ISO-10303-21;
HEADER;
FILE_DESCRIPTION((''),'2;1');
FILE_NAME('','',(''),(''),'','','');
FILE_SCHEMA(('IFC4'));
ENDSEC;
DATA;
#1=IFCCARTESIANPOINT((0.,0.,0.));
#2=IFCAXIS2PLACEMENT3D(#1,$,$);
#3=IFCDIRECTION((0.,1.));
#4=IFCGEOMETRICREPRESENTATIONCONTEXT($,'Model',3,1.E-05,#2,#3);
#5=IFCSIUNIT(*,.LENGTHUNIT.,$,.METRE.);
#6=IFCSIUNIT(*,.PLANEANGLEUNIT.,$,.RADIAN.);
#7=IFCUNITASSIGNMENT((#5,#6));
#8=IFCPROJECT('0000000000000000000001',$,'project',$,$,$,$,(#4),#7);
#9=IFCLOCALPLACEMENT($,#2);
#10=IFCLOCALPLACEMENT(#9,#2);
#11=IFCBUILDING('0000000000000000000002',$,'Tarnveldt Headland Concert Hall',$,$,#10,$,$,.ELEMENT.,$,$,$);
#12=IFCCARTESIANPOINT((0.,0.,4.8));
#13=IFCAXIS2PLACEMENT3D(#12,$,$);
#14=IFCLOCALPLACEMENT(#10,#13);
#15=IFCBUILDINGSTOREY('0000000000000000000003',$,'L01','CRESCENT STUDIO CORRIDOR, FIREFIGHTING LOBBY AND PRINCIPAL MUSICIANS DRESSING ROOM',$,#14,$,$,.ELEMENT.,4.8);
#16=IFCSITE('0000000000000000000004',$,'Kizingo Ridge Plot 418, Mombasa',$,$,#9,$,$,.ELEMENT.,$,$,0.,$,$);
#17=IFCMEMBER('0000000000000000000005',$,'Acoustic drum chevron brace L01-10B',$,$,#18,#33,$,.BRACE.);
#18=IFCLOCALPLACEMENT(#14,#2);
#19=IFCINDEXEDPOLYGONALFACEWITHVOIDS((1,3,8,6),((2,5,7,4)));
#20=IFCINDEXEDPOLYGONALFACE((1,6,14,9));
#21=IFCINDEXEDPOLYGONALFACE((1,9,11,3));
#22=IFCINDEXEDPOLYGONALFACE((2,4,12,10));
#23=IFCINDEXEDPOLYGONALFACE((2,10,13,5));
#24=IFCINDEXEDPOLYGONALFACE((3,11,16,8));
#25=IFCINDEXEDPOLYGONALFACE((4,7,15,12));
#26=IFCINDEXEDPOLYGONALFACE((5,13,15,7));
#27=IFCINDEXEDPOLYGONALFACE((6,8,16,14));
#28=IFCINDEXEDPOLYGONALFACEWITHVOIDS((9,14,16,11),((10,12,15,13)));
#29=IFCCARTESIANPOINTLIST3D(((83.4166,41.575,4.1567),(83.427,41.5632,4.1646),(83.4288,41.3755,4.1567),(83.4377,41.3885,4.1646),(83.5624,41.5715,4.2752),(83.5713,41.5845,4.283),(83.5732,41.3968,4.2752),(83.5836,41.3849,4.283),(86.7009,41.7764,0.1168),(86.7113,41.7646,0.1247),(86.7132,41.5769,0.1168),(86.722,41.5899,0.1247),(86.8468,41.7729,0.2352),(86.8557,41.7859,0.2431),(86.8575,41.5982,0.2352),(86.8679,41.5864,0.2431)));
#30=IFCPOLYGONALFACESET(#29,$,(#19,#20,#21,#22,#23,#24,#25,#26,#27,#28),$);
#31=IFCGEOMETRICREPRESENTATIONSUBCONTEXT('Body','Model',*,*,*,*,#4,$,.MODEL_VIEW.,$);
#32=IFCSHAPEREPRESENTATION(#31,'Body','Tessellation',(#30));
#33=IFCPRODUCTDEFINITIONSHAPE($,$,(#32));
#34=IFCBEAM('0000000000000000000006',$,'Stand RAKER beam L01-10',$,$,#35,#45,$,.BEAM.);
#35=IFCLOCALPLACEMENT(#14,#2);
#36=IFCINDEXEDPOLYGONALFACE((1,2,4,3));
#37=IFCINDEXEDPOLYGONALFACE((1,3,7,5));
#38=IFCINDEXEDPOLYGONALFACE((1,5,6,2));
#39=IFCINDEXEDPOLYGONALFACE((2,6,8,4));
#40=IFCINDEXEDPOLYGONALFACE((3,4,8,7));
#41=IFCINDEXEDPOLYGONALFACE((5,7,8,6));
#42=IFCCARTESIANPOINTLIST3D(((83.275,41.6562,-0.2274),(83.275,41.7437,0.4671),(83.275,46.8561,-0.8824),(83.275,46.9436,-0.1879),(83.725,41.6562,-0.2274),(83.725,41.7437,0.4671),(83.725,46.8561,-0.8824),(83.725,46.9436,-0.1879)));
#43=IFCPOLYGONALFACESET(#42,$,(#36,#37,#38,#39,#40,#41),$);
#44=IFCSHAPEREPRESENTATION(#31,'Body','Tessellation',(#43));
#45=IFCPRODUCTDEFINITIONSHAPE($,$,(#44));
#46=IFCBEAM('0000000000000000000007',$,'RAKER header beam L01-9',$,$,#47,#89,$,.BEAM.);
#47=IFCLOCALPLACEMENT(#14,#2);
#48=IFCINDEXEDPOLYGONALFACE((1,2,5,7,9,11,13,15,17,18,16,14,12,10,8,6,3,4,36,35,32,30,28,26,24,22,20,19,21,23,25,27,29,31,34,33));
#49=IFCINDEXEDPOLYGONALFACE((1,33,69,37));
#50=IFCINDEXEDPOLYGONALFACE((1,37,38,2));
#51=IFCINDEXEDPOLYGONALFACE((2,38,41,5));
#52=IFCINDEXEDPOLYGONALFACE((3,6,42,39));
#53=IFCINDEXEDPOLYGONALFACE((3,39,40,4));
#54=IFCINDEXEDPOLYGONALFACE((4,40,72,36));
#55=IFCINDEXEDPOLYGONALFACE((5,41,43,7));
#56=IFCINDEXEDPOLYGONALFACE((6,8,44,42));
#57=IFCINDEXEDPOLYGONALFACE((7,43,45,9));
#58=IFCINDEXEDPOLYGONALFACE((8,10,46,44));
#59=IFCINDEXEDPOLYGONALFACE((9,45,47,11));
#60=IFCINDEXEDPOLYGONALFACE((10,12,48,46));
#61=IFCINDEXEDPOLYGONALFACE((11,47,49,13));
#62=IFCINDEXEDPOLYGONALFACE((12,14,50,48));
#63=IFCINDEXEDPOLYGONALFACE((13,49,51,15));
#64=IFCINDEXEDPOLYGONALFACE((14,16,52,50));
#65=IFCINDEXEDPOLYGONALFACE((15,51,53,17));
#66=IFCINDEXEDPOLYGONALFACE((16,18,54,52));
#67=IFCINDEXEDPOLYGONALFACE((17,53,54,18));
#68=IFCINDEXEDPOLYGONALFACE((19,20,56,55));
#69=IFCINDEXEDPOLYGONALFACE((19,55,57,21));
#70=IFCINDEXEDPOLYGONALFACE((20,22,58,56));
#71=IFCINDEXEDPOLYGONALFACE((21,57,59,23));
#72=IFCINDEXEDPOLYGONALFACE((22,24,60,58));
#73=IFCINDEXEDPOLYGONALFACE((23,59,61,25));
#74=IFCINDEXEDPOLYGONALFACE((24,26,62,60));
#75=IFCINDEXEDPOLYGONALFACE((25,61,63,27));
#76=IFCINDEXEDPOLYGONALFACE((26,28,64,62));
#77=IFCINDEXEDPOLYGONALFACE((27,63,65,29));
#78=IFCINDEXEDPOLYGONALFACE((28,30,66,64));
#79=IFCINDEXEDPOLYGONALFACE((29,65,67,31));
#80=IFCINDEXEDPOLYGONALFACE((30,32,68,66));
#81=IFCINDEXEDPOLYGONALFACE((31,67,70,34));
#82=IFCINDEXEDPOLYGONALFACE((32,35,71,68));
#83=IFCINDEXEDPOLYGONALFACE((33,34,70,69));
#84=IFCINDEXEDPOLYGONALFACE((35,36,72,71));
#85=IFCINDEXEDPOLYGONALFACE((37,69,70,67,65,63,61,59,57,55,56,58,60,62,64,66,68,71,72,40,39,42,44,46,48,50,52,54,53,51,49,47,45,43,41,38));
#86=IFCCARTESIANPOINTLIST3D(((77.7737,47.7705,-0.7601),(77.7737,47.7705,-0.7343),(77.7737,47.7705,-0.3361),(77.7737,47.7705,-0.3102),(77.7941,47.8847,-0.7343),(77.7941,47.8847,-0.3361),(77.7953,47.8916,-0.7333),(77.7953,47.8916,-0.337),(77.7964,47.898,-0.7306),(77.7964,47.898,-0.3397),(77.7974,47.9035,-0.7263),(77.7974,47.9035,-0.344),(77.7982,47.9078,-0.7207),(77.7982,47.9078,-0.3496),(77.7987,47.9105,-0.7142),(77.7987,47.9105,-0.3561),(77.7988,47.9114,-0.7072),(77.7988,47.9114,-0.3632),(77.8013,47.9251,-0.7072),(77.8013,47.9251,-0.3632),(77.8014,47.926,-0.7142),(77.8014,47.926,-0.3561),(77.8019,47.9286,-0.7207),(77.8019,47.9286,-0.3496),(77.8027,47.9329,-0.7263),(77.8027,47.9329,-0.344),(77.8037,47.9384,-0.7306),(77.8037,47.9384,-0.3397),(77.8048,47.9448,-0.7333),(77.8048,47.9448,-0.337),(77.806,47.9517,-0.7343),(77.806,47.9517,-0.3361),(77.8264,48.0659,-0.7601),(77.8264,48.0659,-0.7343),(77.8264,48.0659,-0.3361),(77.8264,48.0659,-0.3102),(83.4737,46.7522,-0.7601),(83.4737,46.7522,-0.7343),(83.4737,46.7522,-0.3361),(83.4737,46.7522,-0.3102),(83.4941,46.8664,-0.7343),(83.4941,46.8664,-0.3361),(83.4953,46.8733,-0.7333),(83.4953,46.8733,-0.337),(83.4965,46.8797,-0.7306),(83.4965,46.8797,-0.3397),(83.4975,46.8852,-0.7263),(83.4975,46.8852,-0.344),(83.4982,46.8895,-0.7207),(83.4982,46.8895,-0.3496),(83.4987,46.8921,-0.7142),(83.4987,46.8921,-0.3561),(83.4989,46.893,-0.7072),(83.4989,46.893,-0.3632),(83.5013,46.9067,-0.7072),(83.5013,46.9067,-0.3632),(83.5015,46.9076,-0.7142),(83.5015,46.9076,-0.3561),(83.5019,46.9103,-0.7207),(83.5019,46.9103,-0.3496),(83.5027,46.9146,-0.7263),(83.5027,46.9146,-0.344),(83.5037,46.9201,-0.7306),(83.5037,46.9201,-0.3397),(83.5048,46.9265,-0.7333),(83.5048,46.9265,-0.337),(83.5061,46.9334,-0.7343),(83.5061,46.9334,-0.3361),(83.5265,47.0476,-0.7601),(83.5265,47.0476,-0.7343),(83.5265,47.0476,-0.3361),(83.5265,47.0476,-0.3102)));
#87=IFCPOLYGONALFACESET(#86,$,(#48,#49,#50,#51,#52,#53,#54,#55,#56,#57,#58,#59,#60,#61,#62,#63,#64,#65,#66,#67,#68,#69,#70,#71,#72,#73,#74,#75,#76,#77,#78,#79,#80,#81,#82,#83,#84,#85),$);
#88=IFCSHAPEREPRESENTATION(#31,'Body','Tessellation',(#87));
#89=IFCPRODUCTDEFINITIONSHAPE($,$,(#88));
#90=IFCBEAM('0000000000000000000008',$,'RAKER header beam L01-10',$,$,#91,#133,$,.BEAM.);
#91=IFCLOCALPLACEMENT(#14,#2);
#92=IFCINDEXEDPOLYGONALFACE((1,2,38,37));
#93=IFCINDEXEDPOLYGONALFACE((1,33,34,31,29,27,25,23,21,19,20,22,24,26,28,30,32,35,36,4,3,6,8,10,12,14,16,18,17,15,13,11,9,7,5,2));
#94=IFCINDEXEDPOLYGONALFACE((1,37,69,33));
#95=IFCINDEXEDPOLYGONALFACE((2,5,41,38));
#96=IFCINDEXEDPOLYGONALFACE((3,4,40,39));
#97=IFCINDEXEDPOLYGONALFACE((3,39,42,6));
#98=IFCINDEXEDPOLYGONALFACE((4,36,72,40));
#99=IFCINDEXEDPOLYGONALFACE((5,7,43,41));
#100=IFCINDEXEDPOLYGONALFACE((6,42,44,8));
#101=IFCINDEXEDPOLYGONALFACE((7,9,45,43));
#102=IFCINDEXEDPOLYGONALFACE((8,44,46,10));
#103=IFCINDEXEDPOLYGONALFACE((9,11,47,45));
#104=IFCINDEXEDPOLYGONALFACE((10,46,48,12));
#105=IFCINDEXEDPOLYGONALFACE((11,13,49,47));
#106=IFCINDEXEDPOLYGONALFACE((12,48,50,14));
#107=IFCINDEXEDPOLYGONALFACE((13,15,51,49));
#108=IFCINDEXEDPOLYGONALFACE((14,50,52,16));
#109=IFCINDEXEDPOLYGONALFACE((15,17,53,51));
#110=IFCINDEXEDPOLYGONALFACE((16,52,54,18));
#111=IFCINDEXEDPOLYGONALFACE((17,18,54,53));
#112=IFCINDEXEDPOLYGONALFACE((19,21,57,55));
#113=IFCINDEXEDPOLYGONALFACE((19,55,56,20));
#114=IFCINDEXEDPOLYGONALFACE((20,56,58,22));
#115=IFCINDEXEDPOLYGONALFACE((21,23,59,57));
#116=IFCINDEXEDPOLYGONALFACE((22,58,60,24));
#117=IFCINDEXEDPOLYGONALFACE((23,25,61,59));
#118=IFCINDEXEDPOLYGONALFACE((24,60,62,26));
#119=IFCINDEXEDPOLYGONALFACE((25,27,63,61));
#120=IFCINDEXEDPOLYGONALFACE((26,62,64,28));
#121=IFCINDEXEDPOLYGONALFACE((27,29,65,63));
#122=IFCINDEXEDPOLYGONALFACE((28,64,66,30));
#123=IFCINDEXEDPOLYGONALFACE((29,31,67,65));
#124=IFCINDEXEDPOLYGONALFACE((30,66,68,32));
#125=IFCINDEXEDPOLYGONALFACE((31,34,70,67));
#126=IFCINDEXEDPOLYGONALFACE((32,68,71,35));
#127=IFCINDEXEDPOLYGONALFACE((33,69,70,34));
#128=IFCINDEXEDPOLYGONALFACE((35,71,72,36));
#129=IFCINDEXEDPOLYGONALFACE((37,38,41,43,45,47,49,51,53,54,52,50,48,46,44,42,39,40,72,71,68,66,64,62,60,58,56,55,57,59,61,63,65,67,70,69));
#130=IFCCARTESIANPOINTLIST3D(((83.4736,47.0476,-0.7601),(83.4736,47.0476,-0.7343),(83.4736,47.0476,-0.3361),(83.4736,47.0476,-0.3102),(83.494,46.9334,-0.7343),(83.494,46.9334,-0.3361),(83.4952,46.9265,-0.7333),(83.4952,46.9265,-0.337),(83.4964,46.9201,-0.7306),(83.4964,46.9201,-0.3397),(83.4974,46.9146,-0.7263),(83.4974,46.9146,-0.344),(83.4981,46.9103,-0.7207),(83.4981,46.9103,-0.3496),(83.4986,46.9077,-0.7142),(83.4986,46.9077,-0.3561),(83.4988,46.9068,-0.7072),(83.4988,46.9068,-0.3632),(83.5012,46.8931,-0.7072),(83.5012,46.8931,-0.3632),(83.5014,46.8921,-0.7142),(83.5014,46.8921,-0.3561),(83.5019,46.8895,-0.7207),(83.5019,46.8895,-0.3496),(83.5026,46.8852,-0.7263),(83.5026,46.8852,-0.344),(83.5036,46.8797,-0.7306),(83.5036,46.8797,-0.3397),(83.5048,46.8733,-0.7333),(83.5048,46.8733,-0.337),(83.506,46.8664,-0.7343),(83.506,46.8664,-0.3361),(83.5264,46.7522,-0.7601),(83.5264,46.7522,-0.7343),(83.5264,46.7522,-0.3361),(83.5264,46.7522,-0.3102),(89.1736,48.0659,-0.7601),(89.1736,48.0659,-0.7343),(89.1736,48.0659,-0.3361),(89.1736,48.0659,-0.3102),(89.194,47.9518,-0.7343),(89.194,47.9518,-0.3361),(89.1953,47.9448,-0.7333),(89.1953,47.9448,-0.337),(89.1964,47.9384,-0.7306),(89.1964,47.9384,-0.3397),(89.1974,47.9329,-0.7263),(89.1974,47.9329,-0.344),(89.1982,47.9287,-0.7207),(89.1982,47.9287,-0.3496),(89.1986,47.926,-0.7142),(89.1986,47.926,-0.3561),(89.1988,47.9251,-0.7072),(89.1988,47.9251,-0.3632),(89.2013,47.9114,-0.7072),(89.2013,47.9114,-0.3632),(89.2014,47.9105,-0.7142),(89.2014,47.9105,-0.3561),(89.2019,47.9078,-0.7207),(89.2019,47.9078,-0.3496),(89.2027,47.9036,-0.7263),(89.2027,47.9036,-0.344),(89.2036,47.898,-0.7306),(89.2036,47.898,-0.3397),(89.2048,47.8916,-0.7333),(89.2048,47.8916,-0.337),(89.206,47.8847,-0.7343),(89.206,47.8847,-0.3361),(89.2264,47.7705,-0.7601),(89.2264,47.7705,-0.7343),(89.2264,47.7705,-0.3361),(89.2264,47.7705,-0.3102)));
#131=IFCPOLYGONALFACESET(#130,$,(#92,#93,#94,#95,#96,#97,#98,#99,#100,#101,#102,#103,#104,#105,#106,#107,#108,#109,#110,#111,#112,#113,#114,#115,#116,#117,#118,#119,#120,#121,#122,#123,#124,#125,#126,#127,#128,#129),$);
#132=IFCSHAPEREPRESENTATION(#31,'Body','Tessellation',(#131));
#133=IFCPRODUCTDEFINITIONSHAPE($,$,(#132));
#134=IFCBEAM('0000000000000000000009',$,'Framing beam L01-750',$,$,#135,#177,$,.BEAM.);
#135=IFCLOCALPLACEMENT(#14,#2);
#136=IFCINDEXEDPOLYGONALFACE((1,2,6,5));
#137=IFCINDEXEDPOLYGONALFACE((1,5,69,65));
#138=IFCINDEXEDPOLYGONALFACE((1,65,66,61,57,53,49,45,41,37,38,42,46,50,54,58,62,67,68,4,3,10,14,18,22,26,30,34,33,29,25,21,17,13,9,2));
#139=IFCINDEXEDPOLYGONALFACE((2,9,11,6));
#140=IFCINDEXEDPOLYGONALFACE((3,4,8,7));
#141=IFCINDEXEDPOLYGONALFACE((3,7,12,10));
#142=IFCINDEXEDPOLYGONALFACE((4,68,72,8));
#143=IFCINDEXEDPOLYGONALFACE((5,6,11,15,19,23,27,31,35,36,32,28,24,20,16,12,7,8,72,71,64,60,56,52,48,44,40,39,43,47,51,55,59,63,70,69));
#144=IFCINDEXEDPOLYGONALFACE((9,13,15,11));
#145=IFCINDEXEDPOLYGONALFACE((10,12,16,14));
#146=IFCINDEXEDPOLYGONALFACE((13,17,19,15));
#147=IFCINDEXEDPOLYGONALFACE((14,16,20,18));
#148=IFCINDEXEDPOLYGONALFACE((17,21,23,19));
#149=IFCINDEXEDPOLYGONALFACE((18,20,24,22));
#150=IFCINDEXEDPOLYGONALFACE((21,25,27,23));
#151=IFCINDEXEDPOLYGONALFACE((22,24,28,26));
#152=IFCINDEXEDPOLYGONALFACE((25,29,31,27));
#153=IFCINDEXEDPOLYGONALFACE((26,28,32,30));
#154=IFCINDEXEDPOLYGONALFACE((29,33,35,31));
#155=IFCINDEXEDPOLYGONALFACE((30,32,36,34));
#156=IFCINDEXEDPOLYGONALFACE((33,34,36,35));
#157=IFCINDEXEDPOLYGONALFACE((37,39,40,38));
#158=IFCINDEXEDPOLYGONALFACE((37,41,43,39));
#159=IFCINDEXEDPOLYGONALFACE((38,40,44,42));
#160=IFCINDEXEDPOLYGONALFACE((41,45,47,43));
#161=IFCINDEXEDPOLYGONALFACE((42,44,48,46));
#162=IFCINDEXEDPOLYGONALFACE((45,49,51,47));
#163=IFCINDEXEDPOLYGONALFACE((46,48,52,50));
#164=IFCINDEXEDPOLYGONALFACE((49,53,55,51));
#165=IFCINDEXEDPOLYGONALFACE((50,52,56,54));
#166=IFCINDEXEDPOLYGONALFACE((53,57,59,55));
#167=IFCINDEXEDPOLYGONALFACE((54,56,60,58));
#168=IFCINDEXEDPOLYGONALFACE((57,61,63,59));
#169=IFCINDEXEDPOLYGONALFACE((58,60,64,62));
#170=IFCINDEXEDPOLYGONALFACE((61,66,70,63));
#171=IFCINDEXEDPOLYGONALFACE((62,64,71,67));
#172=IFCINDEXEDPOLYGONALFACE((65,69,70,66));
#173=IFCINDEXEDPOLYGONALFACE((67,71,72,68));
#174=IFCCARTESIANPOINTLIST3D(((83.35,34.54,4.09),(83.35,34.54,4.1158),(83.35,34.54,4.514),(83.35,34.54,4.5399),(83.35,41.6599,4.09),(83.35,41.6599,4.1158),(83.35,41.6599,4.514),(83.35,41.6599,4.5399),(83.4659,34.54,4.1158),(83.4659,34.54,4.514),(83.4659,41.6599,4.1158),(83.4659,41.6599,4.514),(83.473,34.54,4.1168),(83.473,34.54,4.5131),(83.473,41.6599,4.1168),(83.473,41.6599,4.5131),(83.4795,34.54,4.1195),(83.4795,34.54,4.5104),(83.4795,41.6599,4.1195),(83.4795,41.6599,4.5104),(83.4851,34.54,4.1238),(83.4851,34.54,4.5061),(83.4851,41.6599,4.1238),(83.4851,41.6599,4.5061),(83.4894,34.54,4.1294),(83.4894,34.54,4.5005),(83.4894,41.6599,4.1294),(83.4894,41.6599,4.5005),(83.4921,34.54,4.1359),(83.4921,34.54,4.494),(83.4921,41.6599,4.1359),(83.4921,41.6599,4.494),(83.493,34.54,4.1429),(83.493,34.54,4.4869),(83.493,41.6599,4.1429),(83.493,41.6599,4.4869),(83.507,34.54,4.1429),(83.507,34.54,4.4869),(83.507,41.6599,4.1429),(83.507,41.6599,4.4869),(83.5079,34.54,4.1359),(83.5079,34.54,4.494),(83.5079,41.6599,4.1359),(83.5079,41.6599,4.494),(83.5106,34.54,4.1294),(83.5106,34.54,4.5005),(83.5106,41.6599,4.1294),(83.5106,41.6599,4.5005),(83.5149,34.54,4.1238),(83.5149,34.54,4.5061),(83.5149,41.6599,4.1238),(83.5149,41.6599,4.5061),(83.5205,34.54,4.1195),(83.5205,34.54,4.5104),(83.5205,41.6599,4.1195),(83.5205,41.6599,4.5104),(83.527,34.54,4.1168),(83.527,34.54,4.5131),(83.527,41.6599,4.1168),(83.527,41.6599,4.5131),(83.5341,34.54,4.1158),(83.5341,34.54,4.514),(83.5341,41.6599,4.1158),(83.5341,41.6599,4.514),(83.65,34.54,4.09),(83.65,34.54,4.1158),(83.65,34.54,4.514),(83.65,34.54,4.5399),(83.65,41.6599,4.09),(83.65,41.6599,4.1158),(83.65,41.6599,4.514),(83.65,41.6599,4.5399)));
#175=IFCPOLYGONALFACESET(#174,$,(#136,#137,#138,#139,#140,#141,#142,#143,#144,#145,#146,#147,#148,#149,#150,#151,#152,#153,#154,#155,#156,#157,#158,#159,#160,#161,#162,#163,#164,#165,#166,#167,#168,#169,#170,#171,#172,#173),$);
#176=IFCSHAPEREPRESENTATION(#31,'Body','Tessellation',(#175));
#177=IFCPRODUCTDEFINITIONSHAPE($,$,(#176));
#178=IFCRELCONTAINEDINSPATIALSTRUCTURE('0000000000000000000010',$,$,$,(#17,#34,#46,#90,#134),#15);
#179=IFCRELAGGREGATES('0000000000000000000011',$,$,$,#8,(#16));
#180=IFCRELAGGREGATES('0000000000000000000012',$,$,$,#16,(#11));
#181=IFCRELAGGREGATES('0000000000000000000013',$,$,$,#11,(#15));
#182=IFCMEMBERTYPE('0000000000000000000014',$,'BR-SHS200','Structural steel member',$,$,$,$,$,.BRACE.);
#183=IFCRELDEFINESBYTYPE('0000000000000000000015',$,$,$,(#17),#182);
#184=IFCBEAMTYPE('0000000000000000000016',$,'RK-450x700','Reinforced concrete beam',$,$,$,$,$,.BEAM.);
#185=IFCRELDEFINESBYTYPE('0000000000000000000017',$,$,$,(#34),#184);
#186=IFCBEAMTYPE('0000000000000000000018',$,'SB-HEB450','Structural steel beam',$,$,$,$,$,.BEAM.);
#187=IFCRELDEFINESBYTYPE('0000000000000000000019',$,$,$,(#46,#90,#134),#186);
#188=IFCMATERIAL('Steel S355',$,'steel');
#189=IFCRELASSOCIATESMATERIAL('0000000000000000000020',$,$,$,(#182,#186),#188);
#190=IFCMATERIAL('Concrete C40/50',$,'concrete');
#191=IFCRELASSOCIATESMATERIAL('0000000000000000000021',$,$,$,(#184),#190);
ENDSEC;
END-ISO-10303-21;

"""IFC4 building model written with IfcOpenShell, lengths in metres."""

from ifc_helpers import new_model, si_unit, direction, frame, origin, origin_2d, place, context, subcontext, project, spatial, rectangle, hollow_rectangle, i_section, extrude, material, material_profile, profile_set, type_object, element, save


model = new_model("IFC4")

# Units and contexts
model_context = context("Model", 3, precision=1e-05, world=origin(), true_north=direction((0.0, 1.0)))
body_context = subcontext(model_context, "Body", "Model", "MODEL_VIEW")
ifc_project = project(units=[si_unit("LENGTHUNIT", "METRE"), si_unit("PLANEANGLEUNIT", "RADIAN")], contexts=[model_context])

# Site, building, storey
site_placement = place(None, origin())
site = spatial("IfcSite", under=ifc_project, at=site_placement, Name="Kizingo Ridge Plot 418, Mombasa", CompositionType="ELEMENT", RefElevation=0.0)
building_placement = place(site_placement, origin())
building = spatial("IfcBuilding", under=site, at=building_placement, Name="Tarnveldt Headland Concert Hall", CompositionType="ELEMENT")
storey_placement = place(building_placement, frame((0.0, 0.0, 4.8)))
storey = spatial("IfcBuildingStorey", under=building, at=storey_placement, Name="L01", Description="CRESCENT STUDIO CORRIDOR, FIREFIGHTING LOBBY AND PRINCIPAL MUSICIANS DRESSING ROOM", CompositionType="ELEMENT", Elevation=4.8)

# Shared definitions
ifc_material_1 = material(Name="Concrete C40/50", Category="concrete")
ifc_material_2 = material(Name="Steel S355", Category="steel")

# Member
ifc_material_profile_1 = material_profile(ifc_material_2, hollow_rectangle(XDim=0.2, YDim=0.2, WallThickness=0.0125, at=origin_2d()), Name="SHS 200x200x12.5", Category="steel")
ifc_profile_set_1 = profile_set([ifc_material_profile_1], Name="Steel S355")
member_type_1 = type_object("IfcMemberType", Name="BR-SHS200", Description="Structural steel member", PredefinedType="BRACE", material=ifc_profile_set_1)
for number, where, z_axis, x_axis, name in (
    (1, (86.7844, 41.6814, 0.1799), (-0.63034, -0.038655, 0.775356), (0.06121, -0.998125, 0.0), "Acoustic drum chevron brace L01-10B"),
):
    element("IfcMember", number, at=place(storey_placement, frame(where, z_axis=z_axis, x_axis=x_axis)), inside=storey, type_object=member_type_1, Name=name, PredefinedType="BRACE", context=body_context, shape_type="SweptSolid", body=[
        extrude(hollow_rectangle(XDim=0.2, YDim=0.2, WallThickness=0.0125, at=origin_2d()), origin(), (0.0, 0.0, 1.0), 5.2104),
    ])

# Beams
ifc_material_profile_2 = material_profile(ifc_material_1, rectangle(XDim=0.45, YDim=0.7, at=origin_2d()), Name="RAKER RC 450x700", Category="concrete")
ifc_profile_set_2 = profile_set([ifc_material_profile_2], Name="Concrete C40/50")
beam_type_1 = type_object("IfcBeamType", Name="RK-450x700", Description="Reinforced concrete beam", PredefinedType="BEAM", material=ifc_profile_set_2)
beam_1_placement = place(storey_placement, frame((83.5, 41.7, 0.1199), z_axis=(0.0, 0.992159, -0.124981), x_axis=(-1.0, 0.0, 0.0)))
element("IfcBeam", 2, at=beam_1_placement, inside=storey, type_object=beam_type_1, Name="Stand RAKER beam L01-10", PredefinedType="BEAM", context=body_context, shape_type="SweptSolid", body=[
    extrude(rectangle(XDim=0.45, YDim=0.7, at=origin_2d()), origin(), (0.0, 0.0, 1.0), 5.241),
])
ifc_material_profile_3 = material_profile(ifc_material_2, i_section(OverallWidth=0.3, OverallDepth=0.45, WebThickness=0.0139, FlangeThickness=0.0259, FilletRadius=0.0271, at=origin_2d()), Name="HEB450", Category="steel")
ifc_profile_set_3 = profile_set([ifc_material_profile_3], Name="Steel S355")
beam_type_2 = type_object("IfcBeamType", Name="SB-HEB450", Description="Structural steel beam", PredefinedType="BEAM", material=ifc_profile_set_3)
for number, where, z_axis, x_axis, name in (
    (3, (77.8, 47.9182, -0.5352), (0.984414, -0.175868, 0.0), (0.175868, 0.984414, 0.0), "RAKER header beam L01-9"),
    (4, (83.5, 46.8999, -0.5352), (0.984414, 0.175868, 0.0), (-0.175868, 0.984414, 0.0), "RAKER header beam L01-10"),
):
    element("IfcBeam", number, at=place(storey_placement, frame(where, z_axis=z_axis, x_axis=x_axis)), inside=storey, type_object=beam_type_2, Name=name, PredefinedType="BEAM", context=body_context, shape_type="SweptSolid", body=[
        extrude(i_section(OverallWidth=0.3, OverallDepth=0.45, WebThickness=0.0139, FlangeThickness=0.0259, FilletRadius=0.0271, at=origin_2d()), origin(), (0.0, 0.0, 1.0), 5.7903),
    ])
beam_2_placement = place(storey_placement, frame((83.5, 41.6599, 4.3149), z_axis=(0.0, -1.0, 0.0), x_axis=(1.0, 0.0, 0.0)))
element("IfcBeam", 5, at=beam_2_placement, inside=storey, type_object=beam_type_2, Name="Framing beam L01-750", PredefinedType="BEAM", context=body_context, shape_type="SweptSolid", body=[
    extrude(i_section(OverallWidth=0.3, OverallDepth=0.45, WebThickness=0.0139, FlangeThickness=0.0259, FilletRadius=0.0271, at=origin_2d()), origin(), (0.0, 0.0, 1.0), 7.1199),
])

save(model, "model.ifc")
